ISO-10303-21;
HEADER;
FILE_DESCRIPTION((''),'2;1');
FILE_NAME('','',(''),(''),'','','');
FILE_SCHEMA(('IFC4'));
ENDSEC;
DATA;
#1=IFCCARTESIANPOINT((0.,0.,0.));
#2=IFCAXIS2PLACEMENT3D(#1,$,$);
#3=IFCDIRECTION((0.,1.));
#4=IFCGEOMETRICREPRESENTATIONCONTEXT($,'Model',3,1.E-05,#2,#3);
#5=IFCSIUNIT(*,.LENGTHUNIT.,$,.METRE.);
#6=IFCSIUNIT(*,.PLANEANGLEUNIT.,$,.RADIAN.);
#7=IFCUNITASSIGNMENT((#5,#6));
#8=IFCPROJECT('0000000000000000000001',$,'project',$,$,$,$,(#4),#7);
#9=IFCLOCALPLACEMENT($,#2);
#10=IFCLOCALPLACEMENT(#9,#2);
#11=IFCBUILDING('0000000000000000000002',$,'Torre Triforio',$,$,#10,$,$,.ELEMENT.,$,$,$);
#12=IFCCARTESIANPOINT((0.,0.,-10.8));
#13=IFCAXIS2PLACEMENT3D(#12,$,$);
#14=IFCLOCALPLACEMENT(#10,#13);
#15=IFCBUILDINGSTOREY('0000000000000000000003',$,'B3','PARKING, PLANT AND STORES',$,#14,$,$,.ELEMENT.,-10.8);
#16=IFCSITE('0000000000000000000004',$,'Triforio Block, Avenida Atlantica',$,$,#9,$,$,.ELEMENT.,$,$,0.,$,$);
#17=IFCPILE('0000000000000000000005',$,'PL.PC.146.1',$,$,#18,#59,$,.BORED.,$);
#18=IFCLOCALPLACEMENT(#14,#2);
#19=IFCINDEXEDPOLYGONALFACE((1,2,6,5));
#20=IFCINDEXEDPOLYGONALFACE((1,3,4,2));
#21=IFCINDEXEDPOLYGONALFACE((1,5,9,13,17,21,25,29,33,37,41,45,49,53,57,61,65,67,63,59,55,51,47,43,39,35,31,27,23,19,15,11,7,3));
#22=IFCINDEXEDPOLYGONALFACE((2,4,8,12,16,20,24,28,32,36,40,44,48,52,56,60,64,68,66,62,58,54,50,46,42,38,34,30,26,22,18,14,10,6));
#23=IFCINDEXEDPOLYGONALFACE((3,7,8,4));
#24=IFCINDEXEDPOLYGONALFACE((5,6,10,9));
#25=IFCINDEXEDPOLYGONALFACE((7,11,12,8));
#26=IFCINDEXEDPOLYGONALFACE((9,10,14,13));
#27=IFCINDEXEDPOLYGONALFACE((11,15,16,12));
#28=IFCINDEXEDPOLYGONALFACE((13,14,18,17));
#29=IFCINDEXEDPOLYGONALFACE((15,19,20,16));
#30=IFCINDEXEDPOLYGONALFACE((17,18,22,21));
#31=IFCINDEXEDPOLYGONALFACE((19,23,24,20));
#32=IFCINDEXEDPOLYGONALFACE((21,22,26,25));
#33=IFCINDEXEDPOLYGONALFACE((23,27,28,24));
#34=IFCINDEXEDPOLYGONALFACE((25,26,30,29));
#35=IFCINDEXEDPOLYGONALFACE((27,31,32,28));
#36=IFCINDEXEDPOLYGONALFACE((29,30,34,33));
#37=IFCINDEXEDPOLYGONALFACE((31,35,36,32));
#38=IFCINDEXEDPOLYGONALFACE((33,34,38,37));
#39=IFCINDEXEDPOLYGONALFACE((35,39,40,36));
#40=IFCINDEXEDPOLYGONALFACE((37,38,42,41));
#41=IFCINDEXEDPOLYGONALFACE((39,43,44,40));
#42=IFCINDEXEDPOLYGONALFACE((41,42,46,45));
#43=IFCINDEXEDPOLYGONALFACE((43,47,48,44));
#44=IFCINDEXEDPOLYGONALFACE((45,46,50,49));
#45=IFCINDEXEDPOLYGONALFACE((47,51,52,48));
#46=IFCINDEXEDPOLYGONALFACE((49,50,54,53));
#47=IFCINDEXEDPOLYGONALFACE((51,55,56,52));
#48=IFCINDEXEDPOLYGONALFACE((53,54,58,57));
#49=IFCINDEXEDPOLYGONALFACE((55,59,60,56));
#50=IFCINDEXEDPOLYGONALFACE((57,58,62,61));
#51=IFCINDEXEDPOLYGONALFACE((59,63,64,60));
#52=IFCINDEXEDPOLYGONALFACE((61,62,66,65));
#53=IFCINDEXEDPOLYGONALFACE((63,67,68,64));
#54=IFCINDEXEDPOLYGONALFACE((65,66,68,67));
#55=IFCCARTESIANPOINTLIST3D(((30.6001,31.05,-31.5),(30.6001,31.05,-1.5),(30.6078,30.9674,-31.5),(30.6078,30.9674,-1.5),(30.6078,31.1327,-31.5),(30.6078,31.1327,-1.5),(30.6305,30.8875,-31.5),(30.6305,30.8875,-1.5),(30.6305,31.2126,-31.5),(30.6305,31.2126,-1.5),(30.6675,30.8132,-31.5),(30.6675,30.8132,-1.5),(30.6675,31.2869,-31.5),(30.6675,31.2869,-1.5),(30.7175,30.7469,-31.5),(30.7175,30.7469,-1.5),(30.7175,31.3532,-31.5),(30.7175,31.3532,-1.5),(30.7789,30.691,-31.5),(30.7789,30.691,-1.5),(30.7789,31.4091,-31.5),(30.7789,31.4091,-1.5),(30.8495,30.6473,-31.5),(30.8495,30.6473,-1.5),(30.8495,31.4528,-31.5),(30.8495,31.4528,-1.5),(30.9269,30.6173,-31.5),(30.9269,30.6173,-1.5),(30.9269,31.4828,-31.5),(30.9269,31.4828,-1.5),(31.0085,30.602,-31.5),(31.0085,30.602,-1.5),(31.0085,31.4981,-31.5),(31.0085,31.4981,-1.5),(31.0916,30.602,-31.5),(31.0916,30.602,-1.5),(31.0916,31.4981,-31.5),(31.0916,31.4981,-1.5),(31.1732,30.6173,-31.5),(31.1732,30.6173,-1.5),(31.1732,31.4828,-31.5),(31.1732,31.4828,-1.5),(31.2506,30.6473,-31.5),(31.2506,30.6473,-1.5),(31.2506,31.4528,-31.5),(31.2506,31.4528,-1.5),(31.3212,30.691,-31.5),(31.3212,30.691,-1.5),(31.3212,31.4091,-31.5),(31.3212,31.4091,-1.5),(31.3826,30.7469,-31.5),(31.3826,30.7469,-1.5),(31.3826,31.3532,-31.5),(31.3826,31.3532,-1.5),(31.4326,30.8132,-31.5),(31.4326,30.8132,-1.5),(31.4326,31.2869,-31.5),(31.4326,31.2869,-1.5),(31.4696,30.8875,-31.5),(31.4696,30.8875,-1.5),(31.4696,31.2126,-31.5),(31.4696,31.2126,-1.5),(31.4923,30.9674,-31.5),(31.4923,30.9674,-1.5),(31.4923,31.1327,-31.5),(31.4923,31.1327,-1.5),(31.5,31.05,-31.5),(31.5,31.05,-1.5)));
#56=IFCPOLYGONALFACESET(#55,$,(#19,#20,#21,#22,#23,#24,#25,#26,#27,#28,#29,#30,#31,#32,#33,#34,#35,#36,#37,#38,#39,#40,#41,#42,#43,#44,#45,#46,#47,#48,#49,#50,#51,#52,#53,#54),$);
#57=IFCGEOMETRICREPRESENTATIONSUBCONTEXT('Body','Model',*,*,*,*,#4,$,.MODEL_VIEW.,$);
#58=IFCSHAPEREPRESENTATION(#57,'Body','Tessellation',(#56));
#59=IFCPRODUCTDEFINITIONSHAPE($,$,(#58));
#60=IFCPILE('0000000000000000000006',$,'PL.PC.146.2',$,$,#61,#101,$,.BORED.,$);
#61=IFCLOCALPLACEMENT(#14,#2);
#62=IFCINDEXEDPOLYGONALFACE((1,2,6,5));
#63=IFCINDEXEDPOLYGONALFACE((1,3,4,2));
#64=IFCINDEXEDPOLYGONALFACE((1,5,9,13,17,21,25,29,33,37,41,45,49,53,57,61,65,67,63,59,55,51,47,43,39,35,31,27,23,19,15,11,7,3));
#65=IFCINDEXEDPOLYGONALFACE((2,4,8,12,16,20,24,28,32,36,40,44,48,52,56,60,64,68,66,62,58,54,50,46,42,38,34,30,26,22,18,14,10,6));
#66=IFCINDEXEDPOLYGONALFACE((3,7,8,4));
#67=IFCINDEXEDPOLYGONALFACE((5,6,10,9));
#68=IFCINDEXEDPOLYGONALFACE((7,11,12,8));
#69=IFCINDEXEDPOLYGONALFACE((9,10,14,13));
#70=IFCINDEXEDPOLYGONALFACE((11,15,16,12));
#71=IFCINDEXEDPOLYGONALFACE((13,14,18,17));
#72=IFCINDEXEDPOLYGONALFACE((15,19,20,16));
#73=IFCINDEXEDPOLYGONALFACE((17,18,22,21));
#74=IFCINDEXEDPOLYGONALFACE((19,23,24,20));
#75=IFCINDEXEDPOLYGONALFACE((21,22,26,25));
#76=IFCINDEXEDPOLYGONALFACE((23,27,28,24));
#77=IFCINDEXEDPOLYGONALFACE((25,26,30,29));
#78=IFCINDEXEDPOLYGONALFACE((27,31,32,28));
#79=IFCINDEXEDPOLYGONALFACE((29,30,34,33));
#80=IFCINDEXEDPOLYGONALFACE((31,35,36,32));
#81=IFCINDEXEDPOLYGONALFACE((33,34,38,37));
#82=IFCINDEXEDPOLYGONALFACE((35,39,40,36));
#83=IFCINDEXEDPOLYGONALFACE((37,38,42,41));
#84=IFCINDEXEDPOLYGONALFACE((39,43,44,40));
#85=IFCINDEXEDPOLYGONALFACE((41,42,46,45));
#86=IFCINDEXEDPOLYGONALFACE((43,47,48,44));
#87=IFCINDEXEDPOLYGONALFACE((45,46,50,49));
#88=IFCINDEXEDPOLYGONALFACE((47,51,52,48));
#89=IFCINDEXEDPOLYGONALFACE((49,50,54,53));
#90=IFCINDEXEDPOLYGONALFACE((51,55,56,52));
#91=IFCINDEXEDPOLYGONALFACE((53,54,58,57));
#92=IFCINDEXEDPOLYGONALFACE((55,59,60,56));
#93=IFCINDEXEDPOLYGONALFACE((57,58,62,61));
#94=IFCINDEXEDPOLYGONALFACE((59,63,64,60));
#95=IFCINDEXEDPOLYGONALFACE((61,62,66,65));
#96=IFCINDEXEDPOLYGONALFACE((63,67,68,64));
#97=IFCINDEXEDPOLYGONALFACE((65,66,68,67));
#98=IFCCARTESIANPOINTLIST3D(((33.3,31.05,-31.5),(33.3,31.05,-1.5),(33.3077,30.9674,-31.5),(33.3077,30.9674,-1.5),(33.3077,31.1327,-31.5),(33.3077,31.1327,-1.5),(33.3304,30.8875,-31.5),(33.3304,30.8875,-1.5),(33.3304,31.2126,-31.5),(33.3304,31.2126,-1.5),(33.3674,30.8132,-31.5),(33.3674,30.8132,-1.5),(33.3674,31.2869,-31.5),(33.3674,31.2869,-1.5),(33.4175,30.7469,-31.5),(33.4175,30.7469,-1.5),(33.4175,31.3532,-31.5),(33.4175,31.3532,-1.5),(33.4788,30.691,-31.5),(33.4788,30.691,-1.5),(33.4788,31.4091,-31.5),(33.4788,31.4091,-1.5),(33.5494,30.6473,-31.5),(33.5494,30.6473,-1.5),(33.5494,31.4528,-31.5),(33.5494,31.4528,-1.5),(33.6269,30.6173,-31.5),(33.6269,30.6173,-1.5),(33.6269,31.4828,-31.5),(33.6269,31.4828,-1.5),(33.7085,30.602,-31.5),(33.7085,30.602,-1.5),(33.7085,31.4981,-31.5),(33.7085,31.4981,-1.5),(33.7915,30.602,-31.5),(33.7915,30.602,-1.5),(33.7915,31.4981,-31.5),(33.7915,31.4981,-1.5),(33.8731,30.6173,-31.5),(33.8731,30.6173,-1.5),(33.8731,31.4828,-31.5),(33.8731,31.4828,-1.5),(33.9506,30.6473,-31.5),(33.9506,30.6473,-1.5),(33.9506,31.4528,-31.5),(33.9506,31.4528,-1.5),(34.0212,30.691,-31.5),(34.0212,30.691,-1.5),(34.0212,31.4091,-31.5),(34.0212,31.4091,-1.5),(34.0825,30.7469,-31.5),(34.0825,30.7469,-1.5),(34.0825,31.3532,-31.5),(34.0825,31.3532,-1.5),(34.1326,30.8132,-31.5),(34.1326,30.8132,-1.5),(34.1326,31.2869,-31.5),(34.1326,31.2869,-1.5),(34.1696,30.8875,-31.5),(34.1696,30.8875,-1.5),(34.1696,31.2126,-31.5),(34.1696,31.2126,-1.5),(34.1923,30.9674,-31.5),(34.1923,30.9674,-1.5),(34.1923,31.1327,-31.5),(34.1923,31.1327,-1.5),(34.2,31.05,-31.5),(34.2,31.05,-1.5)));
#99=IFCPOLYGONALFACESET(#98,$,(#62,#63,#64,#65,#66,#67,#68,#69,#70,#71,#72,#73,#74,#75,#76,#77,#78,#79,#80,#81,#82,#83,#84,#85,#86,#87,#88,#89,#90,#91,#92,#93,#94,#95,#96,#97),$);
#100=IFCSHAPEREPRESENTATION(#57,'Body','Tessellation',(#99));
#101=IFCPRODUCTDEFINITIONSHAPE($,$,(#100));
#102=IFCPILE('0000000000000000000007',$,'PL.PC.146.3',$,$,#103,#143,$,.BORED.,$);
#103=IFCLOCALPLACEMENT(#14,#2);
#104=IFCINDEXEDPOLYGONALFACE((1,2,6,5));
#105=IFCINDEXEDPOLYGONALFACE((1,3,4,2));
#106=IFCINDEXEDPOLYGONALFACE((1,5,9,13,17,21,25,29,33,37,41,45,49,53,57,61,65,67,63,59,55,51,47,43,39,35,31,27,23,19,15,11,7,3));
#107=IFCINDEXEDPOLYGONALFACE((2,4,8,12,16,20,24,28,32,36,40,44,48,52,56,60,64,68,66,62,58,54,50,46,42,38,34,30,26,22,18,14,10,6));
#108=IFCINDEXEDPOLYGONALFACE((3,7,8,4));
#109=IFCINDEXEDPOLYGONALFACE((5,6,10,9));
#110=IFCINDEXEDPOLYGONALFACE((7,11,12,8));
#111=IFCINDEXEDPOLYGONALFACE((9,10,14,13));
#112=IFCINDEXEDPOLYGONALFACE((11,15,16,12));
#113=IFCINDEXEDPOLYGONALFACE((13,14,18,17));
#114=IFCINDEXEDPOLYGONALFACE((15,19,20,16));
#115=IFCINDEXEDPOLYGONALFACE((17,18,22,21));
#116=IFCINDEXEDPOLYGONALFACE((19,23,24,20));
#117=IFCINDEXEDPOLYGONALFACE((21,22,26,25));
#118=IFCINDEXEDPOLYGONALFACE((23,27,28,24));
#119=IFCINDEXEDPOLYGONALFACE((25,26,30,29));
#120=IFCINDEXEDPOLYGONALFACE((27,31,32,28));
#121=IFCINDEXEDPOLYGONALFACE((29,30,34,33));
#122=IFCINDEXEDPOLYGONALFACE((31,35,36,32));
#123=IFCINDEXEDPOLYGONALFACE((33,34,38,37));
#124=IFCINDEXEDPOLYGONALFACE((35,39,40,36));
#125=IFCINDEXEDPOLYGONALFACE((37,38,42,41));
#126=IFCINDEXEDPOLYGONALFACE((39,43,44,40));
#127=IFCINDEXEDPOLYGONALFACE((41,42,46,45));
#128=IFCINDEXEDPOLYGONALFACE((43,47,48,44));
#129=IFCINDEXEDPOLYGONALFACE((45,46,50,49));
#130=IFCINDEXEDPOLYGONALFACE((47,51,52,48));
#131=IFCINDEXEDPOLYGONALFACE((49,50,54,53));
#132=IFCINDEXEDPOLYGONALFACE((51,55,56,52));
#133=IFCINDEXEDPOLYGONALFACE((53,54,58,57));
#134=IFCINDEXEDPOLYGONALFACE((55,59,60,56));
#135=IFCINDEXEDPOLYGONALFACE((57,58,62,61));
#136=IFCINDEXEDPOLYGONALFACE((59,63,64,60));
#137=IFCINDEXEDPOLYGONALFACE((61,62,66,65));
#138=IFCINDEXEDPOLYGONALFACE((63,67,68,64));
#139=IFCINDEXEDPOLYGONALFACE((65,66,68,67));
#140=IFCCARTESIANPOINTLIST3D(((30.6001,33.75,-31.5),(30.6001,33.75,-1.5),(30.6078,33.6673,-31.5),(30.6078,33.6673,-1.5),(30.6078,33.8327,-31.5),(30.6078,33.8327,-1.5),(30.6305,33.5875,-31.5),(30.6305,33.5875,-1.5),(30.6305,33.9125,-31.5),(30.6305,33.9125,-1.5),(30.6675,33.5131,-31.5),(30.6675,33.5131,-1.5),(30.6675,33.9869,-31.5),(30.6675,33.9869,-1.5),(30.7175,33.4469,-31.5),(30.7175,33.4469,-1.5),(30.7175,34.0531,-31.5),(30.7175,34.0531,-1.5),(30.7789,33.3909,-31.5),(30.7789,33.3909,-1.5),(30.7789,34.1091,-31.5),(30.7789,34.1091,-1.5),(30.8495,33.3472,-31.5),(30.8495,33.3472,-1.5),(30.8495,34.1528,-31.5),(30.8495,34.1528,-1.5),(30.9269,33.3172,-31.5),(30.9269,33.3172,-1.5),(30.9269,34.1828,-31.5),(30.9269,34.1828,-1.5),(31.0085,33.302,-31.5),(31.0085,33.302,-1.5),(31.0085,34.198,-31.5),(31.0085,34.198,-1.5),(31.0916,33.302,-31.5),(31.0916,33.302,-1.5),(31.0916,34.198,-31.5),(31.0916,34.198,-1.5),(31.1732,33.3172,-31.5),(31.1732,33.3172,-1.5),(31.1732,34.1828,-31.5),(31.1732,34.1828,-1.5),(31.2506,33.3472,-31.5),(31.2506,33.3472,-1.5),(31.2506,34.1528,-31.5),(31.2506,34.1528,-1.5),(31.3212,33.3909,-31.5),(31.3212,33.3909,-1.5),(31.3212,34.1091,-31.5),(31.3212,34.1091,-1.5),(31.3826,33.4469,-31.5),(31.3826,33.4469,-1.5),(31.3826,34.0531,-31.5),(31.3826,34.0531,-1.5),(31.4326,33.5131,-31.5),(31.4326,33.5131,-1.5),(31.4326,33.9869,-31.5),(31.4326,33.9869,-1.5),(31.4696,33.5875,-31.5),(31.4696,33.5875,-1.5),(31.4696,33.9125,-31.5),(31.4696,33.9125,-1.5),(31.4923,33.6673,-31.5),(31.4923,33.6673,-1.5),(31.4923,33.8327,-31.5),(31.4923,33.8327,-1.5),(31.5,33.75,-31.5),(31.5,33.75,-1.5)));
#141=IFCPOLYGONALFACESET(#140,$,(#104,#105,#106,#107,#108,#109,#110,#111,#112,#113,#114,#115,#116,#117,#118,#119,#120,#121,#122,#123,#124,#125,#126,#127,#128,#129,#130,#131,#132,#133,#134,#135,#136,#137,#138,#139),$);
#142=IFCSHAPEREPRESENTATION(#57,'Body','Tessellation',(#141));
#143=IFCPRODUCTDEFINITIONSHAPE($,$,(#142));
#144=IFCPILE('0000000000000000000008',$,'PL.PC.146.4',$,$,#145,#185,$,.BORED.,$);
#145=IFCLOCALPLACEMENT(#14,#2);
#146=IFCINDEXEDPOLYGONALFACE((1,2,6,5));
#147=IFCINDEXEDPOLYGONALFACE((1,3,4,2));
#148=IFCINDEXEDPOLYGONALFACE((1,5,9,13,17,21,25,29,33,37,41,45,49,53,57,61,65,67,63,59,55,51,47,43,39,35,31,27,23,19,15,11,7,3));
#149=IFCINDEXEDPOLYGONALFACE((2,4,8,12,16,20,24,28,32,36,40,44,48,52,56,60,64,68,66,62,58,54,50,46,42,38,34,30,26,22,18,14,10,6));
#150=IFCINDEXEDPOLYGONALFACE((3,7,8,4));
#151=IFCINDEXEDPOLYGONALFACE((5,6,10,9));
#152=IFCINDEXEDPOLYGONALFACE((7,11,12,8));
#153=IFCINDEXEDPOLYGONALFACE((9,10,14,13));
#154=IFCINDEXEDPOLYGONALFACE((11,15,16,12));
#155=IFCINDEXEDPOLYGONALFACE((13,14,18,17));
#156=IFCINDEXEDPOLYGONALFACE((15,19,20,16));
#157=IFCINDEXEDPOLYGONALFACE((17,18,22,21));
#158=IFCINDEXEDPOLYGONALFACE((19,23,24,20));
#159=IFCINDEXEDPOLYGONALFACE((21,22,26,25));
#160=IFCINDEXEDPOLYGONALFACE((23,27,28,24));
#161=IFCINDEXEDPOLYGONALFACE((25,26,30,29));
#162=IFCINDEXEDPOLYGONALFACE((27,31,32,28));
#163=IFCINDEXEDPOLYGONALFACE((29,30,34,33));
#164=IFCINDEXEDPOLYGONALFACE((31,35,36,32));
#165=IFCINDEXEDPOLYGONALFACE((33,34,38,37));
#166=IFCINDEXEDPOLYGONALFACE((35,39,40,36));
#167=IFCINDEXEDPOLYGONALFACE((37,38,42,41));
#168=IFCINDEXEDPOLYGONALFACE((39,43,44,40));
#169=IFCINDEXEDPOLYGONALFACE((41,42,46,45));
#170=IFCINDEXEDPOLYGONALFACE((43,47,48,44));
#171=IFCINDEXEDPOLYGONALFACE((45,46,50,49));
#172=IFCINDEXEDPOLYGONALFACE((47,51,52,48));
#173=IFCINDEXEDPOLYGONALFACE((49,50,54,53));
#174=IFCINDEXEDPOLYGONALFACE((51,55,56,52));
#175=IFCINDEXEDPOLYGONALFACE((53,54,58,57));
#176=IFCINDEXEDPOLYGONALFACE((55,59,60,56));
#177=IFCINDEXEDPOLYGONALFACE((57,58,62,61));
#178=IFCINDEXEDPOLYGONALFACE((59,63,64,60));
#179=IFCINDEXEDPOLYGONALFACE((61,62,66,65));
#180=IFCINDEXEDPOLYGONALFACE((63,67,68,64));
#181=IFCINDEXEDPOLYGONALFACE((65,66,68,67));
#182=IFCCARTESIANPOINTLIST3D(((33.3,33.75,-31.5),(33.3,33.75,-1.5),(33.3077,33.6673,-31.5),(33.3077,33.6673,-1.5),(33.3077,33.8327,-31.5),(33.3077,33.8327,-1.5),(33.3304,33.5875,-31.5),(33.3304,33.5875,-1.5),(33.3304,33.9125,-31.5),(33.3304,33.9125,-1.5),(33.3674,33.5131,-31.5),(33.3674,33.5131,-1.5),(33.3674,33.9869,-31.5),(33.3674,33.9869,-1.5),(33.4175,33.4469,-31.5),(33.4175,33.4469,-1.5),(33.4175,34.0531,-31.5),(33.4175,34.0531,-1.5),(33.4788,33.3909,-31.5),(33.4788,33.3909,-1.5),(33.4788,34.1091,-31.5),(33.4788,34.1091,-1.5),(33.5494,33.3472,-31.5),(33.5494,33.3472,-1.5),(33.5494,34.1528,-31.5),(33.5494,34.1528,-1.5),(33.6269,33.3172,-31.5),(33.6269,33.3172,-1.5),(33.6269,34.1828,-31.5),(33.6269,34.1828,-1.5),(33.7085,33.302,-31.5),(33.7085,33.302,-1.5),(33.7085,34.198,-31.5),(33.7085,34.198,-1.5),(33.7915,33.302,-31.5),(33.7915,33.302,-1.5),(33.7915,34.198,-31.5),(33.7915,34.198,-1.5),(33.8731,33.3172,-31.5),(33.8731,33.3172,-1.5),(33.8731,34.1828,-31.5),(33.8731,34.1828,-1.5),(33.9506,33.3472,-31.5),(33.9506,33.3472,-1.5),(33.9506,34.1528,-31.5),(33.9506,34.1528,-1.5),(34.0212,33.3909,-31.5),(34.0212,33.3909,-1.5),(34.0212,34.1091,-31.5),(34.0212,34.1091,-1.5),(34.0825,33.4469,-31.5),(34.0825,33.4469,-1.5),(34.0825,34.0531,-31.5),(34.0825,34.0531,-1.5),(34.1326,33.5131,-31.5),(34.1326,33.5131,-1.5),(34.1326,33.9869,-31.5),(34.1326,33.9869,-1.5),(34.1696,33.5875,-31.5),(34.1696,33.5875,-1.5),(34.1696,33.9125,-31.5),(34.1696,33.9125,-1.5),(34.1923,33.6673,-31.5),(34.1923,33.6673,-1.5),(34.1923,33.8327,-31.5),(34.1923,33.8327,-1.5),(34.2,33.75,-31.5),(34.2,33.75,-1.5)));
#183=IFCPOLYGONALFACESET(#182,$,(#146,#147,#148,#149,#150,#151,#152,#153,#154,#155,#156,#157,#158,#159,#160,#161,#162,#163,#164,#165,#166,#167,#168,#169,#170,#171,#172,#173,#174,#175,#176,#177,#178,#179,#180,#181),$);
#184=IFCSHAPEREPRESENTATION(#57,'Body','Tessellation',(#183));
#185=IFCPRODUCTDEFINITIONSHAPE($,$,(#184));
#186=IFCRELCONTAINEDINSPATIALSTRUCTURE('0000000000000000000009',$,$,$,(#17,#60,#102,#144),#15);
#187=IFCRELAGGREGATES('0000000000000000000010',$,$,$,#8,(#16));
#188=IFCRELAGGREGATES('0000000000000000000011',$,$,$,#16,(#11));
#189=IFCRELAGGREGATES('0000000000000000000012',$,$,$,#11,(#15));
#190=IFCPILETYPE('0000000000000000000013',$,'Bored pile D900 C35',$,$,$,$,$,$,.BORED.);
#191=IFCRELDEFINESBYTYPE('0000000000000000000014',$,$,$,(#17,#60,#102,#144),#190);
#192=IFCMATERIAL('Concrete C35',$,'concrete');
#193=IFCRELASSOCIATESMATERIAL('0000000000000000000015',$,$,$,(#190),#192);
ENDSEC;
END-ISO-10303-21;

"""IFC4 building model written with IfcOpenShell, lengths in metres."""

from ifc_helpers import new_model, si_unit, direction, frame, origin, origin_2d, place, context, subcontext, project, spatial, circle, extrude, material, material_profile, profile_set, type_object, element, save


model = new_model("IFC4")

# Units and contexts
model_context = context("Model", 3, precision=1e-05, world=origin(), true_north=direction((0.0, 1.0)))
body_context = subcontext(model_context, "Body", "Model", "MODEL_VIEW")
ifc_project = project(units=[si_unit("LENGTHUNIT", "METRE"), si_unit("PLANEANGLEUNIT", "RADIAN")], contexts=[model_context])

# Site, building, storey
site_placement = place(None, origin())
site = spatial("IfcSite", under=ifc_project, at=site_placement, Name="Triforio Block, Avenida Atlantica", CompositionType="ELEMENT", RefElevation=0.0)
building_placement = place(site_placement, origin())
building = spatial("IfcBuilding", under=site, at=building_placement, Name="Torre Triforio", CompositionType="ELEMENT")
storey_placement = place(building_placement, frame((0.0, 0.0, -10.8)))
storey = spatial("IfcBuildingStorey", under=building, at=storey_placement, Name="B3", Description="PARKING, PLANT AND STORES", CompositionType="ELEMENT", Elevation=-10.8)

# Piles
ifc_material_1 = material(Name="Concrete C35", Category="concrete")
ifc_material_profile_1 = material_profile(ifc_material_1, circle(Radius=0.45, at=origin_2d()), Name="RC D900")
ifc_profile_set_1 = profile_set([ifc_material_profile_1], Name="Concrete C35")
pile_type = type_object("IfcPileType", Name="Bored pile D900 C35", PredefinedType="BORED", material=ifc_profile_set_1)
for number, where, z_axis, x_axis, name in (
    (1, (31.05, 31.05, -1.5), (0.0, 0.0, -1.0), (1.0, 0.0, 0.0), "PL.PC.146.1"),
    (2, (33.75, 31.05, -1.5), (0.0, 0.0, -1.0), (1.0, 0.0, 0.0), "PL.PC.146.2"),
    (3, (31.05, 33.75, -1.5), (0.0, 0.0, -1.0), (1.0, 0.0, 0.0), "PL.PC.146.3"),
    (4, (33.75, 33.75, -1.5), (0.0, 0.0, -1.0), (1.0, 0.0, 0.0), "PL.PC.146.4"),
):
    element("IfcPile", number, at=place(storey_placement, frame(where, z_axis=z_axis, x_axis=x_axis)), inside=storey, type_object=pile_type, Name=name, PredefinedType="BORED", context=body_context, shape_type="SweptSolid", body=[
        extrude(circle(Radius=0.45, at=origin_2d()), origin(), (0.0, 0.0, 1.0), 30.0),
    ])

save(model, "model.ifc")
